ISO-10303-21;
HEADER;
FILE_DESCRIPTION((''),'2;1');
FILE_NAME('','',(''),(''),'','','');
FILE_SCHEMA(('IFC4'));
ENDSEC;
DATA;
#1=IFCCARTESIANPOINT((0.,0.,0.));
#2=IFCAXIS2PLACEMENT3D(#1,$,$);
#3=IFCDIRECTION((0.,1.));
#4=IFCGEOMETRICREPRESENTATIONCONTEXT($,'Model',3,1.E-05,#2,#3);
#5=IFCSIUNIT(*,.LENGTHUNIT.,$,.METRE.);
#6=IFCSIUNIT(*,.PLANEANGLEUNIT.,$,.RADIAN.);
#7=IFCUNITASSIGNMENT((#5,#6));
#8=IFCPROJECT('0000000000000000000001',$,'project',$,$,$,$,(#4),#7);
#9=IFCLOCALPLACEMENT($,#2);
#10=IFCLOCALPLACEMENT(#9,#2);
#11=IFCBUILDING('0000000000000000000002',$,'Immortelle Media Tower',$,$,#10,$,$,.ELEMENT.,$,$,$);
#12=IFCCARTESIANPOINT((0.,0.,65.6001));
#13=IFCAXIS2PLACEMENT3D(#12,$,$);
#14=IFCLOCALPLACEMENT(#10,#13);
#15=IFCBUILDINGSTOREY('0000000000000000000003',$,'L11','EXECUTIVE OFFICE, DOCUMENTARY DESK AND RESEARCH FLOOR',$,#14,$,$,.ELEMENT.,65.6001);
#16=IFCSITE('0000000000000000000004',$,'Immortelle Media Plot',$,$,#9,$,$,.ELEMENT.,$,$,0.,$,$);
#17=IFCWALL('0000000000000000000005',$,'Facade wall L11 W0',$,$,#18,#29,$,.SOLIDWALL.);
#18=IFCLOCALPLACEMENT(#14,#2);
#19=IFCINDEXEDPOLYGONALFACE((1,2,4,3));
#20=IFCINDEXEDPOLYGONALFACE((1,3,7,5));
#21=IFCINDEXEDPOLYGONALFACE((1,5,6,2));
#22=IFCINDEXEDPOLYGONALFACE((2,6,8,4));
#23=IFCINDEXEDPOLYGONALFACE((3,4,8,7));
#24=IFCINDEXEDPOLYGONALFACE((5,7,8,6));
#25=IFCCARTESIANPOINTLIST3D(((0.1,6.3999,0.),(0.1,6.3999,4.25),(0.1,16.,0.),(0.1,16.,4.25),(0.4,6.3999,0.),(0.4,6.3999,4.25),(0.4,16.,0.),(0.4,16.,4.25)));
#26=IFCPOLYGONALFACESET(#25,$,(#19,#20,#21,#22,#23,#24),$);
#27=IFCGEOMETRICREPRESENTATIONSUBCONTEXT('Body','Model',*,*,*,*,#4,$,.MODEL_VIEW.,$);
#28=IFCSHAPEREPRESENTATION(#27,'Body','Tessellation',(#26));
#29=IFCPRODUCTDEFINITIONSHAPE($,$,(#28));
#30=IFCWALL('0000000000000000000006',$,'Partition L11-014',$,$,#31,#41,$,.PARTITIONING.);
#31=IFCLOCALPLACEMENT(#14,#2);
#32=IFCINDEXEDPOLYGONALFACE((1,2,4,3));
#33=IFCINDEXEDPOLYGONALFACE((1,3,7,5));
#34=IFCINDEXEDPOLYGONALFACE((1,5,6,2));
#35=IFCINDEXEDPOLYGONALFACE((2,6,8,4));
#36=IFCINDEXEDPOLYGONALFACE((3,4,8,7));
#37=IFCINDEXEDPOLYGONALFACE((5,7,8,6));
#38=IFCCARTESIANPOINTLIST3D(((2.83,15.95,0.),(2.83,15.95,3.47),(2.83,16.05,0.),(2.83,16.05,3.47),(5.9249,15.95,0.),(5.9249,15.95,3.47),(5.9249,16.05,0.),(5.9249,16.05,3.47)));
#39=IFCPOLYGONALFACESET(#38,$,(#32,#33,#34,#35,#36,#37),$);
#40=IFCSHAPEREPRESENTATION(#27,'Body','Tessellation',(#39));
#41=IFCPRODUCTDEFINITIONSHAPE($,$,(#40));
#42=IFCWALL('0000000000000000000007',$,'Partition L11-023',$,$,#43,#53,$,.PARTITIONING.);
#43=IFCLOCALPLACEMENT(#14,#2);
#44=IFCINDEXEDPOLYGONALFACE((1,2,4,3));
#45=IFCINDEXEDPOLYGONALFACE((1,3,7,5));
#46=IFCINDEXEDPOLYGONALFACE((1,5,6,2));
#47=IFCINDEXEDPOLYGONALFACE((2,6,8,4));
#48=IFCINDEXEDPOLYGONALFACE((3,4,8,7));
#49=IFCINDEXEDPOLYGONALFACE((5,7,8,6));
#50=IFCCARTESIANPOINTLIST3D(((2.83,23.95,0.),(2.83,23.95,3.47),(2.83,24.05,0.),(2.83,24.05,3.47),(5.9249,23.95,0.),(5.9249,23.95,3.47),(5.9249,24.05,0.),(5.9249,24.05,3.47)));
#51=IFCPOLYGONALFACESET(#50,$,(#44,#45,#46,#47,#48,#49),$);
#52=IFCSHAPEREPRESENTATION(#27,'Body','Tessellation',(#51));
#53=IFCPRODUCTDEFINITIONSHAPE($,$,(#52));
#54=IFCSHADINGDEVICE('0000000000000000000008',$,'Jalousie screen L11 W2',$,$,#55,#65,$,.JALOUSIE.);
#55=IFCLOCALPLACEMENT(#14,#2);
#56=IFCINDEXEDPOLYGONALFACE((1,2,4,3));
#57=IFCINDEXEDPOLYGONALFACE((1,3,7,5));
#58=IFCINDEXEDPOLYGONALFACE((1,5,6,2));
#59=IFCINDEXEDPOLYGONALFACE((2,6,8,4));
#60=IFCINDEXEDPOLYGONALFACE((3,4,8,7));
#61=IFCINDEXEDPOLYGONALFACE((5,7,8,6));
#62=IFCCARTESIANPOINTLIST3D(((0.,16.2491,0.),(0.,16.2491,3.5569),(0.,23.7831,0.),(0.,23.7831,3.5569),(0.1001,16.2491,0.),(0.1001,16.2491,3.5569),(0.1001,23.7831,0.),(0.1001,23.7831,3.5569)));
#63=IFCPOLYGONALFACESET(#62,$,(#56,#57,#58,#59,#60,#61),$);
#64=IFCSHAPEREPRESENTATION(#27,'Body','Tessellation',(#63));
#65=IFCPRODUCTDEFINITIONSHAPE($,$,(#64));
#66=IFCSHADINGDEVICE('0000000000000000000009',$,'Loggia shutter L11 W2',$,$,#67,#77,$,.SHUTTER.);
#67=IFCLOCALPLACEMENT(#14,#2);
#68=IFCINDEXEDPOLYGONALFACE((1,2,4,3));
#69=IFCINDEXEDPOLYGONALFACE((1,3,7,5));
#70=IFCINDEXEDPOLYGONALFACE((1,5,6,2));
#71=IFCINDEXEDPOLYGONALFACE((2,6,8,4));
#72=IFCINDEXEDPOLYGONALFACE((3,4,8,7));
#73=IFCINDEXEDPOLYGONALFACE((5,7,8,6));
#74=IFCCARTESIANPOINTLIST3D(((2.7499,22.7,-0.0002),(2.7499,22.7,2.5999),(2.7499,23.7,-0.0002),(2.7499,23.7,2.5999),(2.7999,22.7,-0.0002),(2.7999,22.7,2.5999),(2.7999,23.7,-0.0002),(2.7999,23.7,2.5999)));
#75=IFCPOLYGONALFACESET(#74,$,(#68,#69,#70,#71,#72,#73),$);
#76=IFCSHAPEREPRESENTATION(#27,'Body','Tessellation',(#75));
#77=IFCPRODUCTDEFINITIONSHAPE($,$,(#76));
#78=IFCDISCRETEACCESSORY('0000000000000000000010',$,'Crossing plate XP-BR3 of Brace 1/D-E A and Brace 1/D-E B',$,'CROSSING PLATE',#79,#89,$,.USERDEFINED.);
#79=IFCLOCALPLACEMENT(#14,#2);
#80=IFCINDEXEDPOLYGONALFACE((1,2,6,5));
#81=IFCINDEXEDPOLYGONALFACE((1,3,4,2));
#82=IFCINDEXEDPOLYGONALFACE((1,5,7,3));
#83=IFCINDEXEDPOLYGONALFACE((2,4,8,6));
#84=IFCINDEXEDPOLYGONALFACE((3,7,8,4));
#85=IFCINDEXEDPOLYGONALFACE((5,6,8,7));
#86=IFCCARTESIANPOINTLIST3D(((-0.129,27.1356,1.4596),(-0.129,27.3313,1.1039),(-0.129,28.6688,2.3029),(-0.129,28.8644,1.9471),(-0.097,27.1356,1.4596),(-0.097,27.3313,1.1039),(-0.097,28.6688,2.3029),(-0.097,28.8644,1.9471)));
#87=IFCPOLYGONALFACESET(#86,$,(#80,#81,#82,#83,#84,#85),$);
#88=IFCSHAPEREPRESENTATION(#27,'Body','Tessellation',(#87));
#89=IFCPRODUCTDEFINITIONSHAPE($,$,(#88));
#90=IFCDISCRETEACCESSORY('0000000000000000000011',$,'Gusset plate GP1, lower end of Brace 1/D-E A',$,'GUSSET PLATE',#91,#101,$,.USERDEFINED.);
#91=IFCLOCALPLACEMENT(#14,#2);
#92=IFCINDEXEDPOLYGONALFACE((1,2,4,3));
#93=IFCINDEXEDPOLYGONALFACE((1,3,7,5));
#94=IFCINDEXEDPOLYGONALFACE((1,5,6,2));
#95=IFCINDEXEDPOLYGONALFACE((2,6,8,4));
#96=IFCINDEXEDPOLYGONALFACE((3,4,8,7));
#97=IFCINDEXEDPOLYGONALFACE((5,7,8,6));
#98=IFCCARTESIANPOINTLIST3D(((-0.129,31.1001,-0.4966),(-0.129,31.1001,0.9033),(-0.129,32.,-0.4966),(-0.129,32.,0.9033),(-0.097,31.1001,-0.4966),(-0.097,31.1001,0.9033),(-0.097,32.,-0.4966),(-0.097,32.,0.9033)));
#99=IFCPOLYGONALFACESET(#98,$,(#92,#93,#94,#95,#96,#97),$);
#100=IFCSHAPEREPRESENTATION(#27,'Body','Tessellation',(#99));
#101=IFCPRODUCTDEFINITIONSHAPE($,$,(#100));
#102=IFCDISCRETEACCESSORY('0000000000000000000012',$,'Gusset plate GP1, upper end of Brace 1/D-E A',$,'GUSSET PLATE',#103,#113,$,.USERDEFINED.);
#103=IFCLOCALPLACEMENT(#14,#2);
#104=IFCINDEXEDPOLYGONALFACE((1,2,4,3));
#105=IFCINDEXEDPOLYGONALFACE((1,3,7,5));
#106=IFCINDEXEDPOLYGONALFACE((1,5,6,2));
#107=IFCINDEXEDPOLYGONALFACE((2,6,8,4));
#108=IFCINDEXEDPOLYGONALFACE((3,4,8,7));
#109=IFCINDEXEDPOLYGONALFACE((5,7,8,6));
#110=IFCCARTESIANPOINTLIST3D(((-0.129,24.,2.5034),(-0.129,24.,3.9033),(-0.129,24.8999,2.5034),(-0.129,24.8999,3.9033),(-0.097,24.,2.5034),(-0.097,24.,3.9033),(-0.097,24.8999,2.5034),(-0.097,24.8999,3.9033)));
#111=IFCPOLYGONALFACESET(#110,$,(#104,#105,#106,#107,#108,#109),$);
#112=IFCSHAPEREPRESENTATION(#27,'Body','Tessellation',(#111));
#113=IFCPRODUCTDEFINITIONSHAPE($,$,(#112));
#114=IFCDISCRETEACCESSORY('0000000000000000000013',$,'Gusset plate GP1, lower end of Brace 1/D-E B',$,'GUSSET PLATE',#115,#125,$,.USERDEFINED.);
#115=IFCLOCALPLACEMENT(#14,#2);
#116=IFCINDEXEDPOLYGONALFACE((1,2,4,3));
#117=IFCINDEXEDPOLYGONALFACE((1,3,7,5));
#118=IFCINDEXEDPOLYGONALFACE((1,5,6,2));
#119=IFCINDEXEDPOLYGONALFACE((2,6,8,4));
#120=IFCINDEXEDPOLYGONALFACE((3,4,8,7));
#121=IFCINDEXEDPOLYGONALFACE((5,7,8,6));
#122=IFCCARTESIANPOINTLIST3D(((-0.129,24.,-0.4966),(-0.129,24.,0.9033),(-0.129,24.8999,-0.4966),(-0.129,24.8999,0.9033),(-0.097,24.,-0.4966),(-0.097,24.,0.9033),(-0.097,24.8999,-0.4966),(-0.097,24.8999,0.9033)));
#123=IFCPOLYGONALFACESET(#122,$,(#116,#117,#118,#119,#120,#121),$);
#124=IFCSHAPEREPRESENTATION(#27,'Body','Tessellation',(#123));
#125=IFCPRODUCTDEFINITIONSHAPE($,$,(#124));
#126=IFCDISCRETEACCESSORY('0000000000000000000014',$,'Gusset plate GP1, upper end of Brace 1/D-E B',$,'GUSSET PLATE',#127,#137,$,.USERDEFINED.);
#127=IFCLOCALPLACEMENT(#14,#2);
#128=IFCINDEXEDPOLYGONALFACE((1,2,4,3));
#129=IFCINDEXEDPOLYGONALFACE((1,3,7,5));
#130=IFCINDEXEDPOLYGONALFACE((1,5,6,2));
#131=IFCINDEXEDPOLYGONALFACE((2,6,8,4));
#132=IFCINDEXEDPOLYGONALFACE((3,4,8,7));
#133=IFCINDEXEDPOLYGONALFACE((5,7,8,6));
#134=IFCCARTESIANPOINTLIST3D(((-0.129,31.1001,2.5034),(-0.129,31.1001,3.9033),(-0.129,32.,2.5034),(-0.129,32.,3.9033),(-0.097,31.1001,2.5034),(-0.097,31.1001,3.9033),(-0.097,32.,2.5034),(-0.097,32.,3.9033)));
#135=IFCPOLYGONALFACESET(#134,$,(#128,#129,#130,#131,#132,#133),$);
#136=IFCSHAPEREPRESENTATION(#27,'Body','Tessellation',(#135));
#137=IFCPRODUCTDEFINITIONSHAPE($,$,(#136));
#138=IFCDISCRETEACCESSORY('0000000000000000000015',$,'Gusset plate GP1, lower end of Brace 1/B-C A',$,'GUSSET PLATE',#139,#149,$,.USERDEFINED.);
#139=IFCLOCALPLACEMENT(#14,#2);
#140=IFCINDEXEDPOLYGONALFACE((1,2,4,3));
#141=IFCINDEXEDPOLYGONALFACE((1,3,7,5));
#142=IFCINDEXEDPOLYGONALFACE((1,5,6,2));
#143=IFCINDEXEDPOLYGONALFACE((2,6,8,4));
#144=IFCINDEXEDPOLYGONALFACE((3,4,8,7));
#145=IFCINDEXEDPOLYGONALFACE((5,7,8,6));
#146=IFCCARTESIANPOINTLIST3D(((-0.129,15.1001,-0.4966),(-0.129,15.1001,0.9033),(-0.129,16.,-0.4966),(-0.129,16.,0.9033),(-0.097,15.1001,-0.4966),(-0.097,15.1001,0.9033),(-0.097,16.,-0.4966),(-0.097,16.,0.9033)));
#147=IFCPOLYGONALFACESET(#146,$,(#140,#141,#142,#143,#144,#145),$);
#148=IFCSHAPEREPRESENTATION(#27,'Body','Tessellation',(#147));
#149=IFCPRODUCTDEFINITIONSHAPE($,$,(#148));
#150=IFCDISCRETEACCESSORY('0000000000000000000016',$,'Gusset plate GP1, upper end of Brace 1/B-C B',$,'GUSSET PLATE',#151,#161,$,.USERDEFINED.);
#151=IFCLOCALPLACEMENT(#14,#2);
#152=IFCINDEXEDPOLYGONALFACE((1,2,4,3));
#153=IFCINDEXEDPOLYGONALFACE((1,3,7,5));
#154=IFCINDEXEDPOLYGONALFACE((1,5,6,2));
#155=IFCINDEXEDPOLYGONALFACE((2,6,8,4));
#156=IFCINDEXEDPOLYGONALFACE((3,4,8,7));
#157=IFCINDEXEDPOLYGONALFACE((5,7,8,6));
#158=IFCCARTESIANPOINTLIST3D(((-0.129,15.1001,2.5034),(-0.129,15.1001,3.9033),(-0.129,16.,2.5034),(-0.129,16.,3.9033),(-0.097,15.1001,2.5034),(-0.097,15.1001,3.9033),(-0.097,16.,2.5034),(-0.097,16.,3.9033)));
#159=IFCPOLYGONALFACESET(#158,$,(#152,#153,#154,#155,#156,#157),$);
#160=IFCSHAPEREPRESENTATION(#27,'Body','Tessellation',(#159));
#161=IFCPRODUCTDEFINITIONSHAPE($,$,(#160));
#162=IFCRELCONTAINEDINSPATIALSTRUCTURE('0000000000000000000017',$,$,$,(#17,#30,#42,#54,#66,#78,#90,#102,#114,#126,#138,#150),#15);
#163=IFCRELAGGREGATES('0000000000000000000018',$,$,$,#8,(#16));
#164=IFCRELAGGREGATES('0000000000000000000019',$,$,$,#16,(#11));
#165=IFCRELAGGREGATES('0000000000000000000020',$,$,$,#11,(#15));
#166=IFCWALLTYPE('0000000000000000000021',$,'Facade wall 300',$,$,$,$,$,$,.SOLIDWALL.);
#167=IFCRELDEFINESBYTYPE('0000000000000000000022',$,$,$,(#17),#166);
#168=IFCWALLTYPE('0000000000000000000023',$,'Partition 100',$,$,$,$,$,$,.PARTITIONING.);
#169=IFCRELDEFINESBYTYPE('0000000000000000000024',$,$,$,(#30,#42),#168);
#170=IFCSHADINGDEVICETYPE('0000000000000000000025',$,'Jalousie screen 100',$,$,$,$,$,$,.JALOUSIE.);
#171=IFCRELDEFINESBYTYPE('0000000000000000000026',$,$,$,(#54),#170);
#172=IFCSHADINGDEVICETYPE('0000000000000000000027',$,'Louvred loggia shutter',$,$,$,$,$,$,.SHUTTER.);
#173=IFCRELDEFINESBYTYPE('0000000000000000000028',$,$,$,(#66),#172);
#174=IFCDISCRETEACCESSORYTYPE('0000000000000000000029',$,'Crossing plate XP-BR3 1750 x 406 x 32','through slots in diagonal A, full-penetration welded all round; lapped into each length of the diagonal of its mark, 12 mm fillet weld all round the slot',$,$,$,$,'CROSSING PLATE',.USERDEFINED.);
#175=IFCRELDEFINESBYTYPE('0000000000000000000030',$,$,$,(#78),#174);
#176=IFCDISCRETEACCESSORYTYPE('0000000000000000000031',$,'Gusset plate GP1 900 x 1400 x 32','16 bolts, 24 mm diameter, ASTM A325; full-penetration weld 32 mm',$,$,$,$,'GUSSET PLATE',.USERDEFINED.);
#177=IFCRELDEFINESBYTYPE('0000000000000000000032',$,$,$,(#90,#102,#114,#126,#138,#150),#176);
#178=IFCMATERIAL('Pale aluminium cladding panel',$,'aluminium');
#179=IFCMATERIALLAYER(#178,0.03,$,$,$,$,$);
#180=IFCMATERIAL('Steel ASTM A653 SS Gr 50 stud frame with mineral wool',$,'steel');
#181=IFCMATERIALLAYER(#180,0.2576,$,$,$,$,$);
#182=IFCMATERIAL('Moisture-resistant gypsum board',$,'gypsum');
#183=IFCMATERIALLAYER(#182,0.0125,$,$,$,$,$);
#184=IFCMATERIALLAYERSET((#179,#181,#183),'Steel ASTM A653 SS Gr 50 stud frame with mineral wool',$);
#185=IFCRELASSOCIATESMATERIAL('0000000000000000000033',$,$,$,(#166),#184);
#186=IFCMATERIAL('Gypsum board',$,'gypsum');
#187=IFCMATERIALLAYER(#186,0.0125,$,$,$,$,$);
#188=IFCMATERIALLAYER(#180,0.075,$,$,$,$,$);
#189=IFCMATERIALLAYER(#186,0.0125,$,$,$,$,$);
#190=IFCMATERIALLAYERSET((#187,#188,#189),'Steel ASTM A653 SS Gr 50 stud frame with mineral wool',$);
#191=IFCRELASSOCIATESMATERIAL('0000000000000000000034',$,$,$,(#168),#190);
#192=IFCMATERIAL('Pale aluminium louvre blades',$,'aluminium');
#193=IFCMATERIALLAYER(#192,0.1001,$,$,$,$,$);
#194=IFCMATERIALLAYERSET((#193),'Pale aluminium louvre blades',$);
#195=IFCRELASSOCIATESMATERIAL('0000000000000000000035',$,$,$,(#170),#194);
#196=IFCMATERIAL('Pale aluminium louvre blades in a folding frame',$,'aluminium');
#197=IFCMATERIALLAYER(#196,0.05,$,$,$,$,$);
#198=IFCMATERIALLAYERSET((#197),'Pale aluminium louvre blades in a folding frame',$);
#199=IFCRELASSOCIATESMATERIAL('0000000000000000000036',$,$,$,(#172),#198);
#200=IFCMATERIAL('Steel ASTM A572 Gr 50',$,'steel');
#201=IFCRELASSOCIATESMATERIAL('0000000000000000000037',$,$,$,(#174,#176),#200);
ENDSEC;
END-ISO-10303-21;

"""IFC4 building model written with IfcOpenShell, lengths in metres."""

from ifc_helpers import new_model, si_unit, direction, frame, frame_2d, origin, origin_2d, place, context, subcontext, project, spatial, rectangle, extrude, material, layer, layer_set, material_profile, profile_set, type_object, element, save


model = new_model("IFC4")

# Units and contexts
model_context = context("Model", 3, precision=1e-05, world=origin(), true_north=direction((0.0, 1.0)))
body_context = subcontext(model_context, "Body", "Model", "MODEL_VIEW")
ifc_project = project(units=[si_unit("LENGTHUNIT", "METRE"), si_unit("PLANEANGLEUNIT", "RADIAN")], contexts=[model_context])

# Site, building, storey
site_placement = place(None, origin())
site = spatial("IfcSite", under=ifc_project, at=site_placement, Name="Immortelle Media Plot", CompositionType="ELEMENT", RefElevation=0.0)
building_placement = place(site_placement, origin())
building = spatial("IfcBuilding", under=site, at=building_placement, Name="Immortelle Media Tower", CompositionType="ELEMENT")
storey_placement = place(building_placement, frame((0.0, 0.0, 65.6001)))
storey = spatial("IfcBuildingStorey", under=building, at=storey_placement, Name="L11", Description="EXECUTIVE OFFICE, DOCUMENTARY DESK AND RESEARCH FLOOR", CompositionType="ELEMENT", Elevation=65.6001)

# Shared definitions
ifc_material_1 = material(Name="Steel ASTM A653 SS Gr 50 stud frame with mineral wool", Category="steel")

# Shared definitions
ifc_material_2 = material(Name="Pale aluminium cladding panel", Category="aluminium")
ifc_layer_1 = layer(ifc_material_2, 0.03)
ifc_layer_2 = layer(ifc_material_1, 0.2576)
ifc_material_3 = material(Name="Moisture-resistant gypsum board", Category="gypsum")
ifc_layer_3 = layer(ifc_material_3, 0.0125)
ifc_layer_set_1 = layer_set([ifc_layer_1, ifc_layer_2, ifc_layer_3], Name="Steel ASTM A653 SS Gr 50 stud frame with mineral wool")
wall_type_1 = type_object("IfcWallType", Name="Facade wall 300", PredefinedType="SOLIDWALL", material=ifc_layer_set_1)

# Walls
wall_1_placement = place(storey_placement, frame((0.25, 16.0, 0.0), z_axis=(0.0, 0.0, 1.0), x_axis=(0.0, -1.0, 0.0)))
element("IfcWall", 1, at=wall_1_placement, inside=storey, type_object=wall_type_1, Name="Facade wall L11 W0", PredefinedType="SOLIDWALL", context=body_context, shape_type="SweptSolid", body=[
    extrude(rectangle(XDim=9.6001, YDim=0.3, at=frame_2d((4.8, 0.0))), origin(), (0.0, 0.0, 1.0), 4.25),
])
ifc_material_4 = material(Name="Gypsum board", Category="gypsum")
ifc_layer_4 = layer(ifc_material_4, 0.0125)
ifc_layer_5 = layer(ifc_material_1, 0.075)
ifc_layer_6 = layer(ifc_material_4, 0.0125)
ifc_layer_set_2 = layer_set([ifc_layer_4, ifc_layer_5, ifc_layer_6], Name="Steel ASTM A653 SS Gr 50 stud frame with mineral wool")
wall_type_2 = type_object("IfcWallType", Name="Partition 100", PredefinedType="PARTITIONING", material=ifc_layer_set_2)
for number, where, z_axis, x_axis, name in (
    (2, (2.8301, 16.0, 0.0), (0.0, 0.0, 1.0), (1.0, 0.0, 0.0), "Partition L11-014"),
    (3, (2.8301, 24.0, 0.0), (0.0, 0.0, 1.0), (1.0, 0.0, 0.0), "Partition L11-023"),
):
    element("IfcWall", number, at=place(storey_placement, frame(where, z_axis=z_axis, x_axis=x_axis)), inside=storey, type_object=wall_type_2, Name=name, PredefinedType="PARTITIONING", context=body_context, shape_type="SweptSolid", body=[
        extrude(rectangle(XDim=3.095, YDim=0.1001, at=frame_2d((1.5474, 0.0))), origin(), (0.0, 0.0, 1.0), 3.47),
    ])

# Shading devices
ifc_material_5 = material(Name="Pale aluminium louvre blades", Category="aluminium")
ifc_layer_7 = layer(ifc_material_5, 0.1001)
ifc_layer_set_3 = layer_set([ifc_layer_7], Name="Pale aluminium louvre blades")
shading_device_type_1 = type_object("IfcShadingDeviceType", Name="Jalousie screen 100", PredefinedType="JALOUSIE", material=ifc_layer_set_3)
shading_device_1_placement = place(storey_placement, frame((0.05, 20.0161, 0.0), z_axis=(0.0, 0.0, 1.0), x_axis=(0.0, -1.0, 0.0)))
element("IfcShadingDevice", 4, at=shading_device_1_placement, inside=storey, type_object=shading_device_type_1, Name="Jalousie screen L11 W2", PredefinedType="JALOUSIE", context=body_context, shape_type="SweptSolid", body=[
    extrude(rectangle(XDim=7.5339, YDim=0.1001, at=origin_2d()), origin(), (0.0, 0.0, 1.0), 3.5569),
])
ifc_material_6 = material(Name="Pale aluminium louvre blades in a folding frame", Category="aluminium")
ifc_layer_8 = layer(ifc_material_6, 0.05)
ifc_layer_set_4 = layer_set([ifc_layer_8], Name="Pale aluminium louvre blades in a folding frame")
shading_device_type_2 = type_object("IfcShadingDeviceType", Name="Louvred loggia shutter", PredefinedType="SHUTTER", material=ifc_layer_set_4)
shading_device_2_placement = place(storey_placement, frame((2.7749, 23.2, -0.0002), z_axis=(0.0, 0.0, 1.0), x_axis=(0.0, -1.0, 0.0)))
element("IfcShadingDevice", 5, at=shading_device_2_placement, inside=storey, type_object=shading_device_type_2, Name="Loggia shutter L11 W2", PredefinedType="SHUTTER", context=body_context, shape_type="SweptSolid", body=[
    extrude(rectangle(XDim=1.0, YDim=0.05, at=origin_2d()), origin(), (0.0, 0.0, 1.0), 2.6001),
])

# Discrete accessories
ifc_material_7 = material(Name="Steel ASTM A572 Gr 50", Category="steel")
ifc_material_profile_1 = material_profile(ifc_material_7, rectangle(XDim=0.032, YDim=0.406, at=origin_2d()), Name="PL 32 x 406")
ifc_profile_set_1 = profile_set([ifc_material_profile_1], Name="Steel ASTM A572 Gr 50")
discrete_accessory_type_1 = type_object("IfcDiscreteAccessoryType", Name="Crossing plate XP-BR3 1750 x 406 x 32", Description="through slots in diagonal A, full-penetration welded all round; lapped into each length of the diagonal of its mark, 12 mm fillet weld all round the slot", ElementType="CROSSING PLATE", PredefinedType="USERDEFINED", material=ifc_profile_set_1)
discrete_accessory_placement = place(storey_placement, frame((-0.113, 28.7666, 2.125), z_axis=(0.0, -0.876216, -0.481919), x_axis=(1.0, 0.0, 0.0)))
element("IfcDiscreteAccessory", 6, at=discrete_accessory_placement, inside=storey, type_object=discrete_accessory_type_1, Name="Crossing plate XP-BR3 of Brace 1/D-E A and Brace 1/D-E B", ObjectType="CROSSING PLATE", PredefinedType="USERDEFINED", context=body_context, shape_type="SweptSolid", body=[
    extrude(rectangle(XDim=0.032, YDim=0.406, at=origin_2d()), origin(), (0.0, 0.0, 1.0), 1.7498),
])
ifc_material_profile_2 = material_profile(ifc_material_7, rectangle(XDim=0.032, YDim=1.3999, at=origin_2d()), Name="PL 32 x 1400")
ifc_profile_set_2 = profile_set([ifc_material_profile_2], Name="Steel ASTM A572 Gr 50")
discrete_accessory_type_2 = type_object("IfcDiscreteAccessoryType", Name="Gusset plate GP1 900 x 1400 x 32", Description="16 bolts, 24 mm diameter, ASTM A325; full-penetration weld 32 mm", ElementType="GUSSET PLATE", PredefinedType="USERDEFINED", material=ifc_profile_set_2)
for number, where, z_axis, x_axis, name in (
    (7, (-0.113, 32.0, 0.2034), (0.0, -1.0, 0.0), (1.0, 0.0, 0.0), "Gusset plate GP1, lower end of Brace 1/D-E A"),
    (8, (-0.113, 24.0, 3.2034), (0.0, 1.0, 0.0), (-1.0, 0.0, 0.0), "Gusset plate GP1, upper end of Brace 1/D-E A"),
    (9, (-0.113, 24.0, 0.2034), (0.0, 1.0, 0.0), (-1.0, 0.0, 0.0), "Gusset plate GP1, lower end of Brace 1/D-E B"),
    (10, (-0.113, 32.0, 3.2034), (0.0, -1.0, 0.0), (1.0, 0.0, 0.0), "Gusset plate GP1, upper end of Brace 1/D-E B"),
    (11, (-0.113, 16.0, 0.2034), (0.0, -1.0, 0.0), (1.0, 0.0, 0.0), "Gusset plate GP1, lower end of Brace 1/B-C A"),
    (12, (-0.113, 16.0, 3.2034), (0.0, -1.0, 0.0), (1.0, 0.0, 0.0), "Gusset plate GP1, upper end of Brace 1/B-C B"),
):
    element("IfcDiscreteAccessory", number, at=place(storey_placement, frame(where, z_axis=z_axis, x_axis=x_axis)), inside=storey, type_object=discrete_accessory_type_2, Name=name, ObjectType="GUSSET PLATE", PredefinedType="USERDEFINED", context=body_context, shape_type="SweptSolid", body=[
        extrude(rectangle(XDim=0.032, YDim=1.3999, at=origin_2d()), origin(), (0.0, 0.0, 1.0), 0.8999),
    ])

save(model, "model.ifc")
